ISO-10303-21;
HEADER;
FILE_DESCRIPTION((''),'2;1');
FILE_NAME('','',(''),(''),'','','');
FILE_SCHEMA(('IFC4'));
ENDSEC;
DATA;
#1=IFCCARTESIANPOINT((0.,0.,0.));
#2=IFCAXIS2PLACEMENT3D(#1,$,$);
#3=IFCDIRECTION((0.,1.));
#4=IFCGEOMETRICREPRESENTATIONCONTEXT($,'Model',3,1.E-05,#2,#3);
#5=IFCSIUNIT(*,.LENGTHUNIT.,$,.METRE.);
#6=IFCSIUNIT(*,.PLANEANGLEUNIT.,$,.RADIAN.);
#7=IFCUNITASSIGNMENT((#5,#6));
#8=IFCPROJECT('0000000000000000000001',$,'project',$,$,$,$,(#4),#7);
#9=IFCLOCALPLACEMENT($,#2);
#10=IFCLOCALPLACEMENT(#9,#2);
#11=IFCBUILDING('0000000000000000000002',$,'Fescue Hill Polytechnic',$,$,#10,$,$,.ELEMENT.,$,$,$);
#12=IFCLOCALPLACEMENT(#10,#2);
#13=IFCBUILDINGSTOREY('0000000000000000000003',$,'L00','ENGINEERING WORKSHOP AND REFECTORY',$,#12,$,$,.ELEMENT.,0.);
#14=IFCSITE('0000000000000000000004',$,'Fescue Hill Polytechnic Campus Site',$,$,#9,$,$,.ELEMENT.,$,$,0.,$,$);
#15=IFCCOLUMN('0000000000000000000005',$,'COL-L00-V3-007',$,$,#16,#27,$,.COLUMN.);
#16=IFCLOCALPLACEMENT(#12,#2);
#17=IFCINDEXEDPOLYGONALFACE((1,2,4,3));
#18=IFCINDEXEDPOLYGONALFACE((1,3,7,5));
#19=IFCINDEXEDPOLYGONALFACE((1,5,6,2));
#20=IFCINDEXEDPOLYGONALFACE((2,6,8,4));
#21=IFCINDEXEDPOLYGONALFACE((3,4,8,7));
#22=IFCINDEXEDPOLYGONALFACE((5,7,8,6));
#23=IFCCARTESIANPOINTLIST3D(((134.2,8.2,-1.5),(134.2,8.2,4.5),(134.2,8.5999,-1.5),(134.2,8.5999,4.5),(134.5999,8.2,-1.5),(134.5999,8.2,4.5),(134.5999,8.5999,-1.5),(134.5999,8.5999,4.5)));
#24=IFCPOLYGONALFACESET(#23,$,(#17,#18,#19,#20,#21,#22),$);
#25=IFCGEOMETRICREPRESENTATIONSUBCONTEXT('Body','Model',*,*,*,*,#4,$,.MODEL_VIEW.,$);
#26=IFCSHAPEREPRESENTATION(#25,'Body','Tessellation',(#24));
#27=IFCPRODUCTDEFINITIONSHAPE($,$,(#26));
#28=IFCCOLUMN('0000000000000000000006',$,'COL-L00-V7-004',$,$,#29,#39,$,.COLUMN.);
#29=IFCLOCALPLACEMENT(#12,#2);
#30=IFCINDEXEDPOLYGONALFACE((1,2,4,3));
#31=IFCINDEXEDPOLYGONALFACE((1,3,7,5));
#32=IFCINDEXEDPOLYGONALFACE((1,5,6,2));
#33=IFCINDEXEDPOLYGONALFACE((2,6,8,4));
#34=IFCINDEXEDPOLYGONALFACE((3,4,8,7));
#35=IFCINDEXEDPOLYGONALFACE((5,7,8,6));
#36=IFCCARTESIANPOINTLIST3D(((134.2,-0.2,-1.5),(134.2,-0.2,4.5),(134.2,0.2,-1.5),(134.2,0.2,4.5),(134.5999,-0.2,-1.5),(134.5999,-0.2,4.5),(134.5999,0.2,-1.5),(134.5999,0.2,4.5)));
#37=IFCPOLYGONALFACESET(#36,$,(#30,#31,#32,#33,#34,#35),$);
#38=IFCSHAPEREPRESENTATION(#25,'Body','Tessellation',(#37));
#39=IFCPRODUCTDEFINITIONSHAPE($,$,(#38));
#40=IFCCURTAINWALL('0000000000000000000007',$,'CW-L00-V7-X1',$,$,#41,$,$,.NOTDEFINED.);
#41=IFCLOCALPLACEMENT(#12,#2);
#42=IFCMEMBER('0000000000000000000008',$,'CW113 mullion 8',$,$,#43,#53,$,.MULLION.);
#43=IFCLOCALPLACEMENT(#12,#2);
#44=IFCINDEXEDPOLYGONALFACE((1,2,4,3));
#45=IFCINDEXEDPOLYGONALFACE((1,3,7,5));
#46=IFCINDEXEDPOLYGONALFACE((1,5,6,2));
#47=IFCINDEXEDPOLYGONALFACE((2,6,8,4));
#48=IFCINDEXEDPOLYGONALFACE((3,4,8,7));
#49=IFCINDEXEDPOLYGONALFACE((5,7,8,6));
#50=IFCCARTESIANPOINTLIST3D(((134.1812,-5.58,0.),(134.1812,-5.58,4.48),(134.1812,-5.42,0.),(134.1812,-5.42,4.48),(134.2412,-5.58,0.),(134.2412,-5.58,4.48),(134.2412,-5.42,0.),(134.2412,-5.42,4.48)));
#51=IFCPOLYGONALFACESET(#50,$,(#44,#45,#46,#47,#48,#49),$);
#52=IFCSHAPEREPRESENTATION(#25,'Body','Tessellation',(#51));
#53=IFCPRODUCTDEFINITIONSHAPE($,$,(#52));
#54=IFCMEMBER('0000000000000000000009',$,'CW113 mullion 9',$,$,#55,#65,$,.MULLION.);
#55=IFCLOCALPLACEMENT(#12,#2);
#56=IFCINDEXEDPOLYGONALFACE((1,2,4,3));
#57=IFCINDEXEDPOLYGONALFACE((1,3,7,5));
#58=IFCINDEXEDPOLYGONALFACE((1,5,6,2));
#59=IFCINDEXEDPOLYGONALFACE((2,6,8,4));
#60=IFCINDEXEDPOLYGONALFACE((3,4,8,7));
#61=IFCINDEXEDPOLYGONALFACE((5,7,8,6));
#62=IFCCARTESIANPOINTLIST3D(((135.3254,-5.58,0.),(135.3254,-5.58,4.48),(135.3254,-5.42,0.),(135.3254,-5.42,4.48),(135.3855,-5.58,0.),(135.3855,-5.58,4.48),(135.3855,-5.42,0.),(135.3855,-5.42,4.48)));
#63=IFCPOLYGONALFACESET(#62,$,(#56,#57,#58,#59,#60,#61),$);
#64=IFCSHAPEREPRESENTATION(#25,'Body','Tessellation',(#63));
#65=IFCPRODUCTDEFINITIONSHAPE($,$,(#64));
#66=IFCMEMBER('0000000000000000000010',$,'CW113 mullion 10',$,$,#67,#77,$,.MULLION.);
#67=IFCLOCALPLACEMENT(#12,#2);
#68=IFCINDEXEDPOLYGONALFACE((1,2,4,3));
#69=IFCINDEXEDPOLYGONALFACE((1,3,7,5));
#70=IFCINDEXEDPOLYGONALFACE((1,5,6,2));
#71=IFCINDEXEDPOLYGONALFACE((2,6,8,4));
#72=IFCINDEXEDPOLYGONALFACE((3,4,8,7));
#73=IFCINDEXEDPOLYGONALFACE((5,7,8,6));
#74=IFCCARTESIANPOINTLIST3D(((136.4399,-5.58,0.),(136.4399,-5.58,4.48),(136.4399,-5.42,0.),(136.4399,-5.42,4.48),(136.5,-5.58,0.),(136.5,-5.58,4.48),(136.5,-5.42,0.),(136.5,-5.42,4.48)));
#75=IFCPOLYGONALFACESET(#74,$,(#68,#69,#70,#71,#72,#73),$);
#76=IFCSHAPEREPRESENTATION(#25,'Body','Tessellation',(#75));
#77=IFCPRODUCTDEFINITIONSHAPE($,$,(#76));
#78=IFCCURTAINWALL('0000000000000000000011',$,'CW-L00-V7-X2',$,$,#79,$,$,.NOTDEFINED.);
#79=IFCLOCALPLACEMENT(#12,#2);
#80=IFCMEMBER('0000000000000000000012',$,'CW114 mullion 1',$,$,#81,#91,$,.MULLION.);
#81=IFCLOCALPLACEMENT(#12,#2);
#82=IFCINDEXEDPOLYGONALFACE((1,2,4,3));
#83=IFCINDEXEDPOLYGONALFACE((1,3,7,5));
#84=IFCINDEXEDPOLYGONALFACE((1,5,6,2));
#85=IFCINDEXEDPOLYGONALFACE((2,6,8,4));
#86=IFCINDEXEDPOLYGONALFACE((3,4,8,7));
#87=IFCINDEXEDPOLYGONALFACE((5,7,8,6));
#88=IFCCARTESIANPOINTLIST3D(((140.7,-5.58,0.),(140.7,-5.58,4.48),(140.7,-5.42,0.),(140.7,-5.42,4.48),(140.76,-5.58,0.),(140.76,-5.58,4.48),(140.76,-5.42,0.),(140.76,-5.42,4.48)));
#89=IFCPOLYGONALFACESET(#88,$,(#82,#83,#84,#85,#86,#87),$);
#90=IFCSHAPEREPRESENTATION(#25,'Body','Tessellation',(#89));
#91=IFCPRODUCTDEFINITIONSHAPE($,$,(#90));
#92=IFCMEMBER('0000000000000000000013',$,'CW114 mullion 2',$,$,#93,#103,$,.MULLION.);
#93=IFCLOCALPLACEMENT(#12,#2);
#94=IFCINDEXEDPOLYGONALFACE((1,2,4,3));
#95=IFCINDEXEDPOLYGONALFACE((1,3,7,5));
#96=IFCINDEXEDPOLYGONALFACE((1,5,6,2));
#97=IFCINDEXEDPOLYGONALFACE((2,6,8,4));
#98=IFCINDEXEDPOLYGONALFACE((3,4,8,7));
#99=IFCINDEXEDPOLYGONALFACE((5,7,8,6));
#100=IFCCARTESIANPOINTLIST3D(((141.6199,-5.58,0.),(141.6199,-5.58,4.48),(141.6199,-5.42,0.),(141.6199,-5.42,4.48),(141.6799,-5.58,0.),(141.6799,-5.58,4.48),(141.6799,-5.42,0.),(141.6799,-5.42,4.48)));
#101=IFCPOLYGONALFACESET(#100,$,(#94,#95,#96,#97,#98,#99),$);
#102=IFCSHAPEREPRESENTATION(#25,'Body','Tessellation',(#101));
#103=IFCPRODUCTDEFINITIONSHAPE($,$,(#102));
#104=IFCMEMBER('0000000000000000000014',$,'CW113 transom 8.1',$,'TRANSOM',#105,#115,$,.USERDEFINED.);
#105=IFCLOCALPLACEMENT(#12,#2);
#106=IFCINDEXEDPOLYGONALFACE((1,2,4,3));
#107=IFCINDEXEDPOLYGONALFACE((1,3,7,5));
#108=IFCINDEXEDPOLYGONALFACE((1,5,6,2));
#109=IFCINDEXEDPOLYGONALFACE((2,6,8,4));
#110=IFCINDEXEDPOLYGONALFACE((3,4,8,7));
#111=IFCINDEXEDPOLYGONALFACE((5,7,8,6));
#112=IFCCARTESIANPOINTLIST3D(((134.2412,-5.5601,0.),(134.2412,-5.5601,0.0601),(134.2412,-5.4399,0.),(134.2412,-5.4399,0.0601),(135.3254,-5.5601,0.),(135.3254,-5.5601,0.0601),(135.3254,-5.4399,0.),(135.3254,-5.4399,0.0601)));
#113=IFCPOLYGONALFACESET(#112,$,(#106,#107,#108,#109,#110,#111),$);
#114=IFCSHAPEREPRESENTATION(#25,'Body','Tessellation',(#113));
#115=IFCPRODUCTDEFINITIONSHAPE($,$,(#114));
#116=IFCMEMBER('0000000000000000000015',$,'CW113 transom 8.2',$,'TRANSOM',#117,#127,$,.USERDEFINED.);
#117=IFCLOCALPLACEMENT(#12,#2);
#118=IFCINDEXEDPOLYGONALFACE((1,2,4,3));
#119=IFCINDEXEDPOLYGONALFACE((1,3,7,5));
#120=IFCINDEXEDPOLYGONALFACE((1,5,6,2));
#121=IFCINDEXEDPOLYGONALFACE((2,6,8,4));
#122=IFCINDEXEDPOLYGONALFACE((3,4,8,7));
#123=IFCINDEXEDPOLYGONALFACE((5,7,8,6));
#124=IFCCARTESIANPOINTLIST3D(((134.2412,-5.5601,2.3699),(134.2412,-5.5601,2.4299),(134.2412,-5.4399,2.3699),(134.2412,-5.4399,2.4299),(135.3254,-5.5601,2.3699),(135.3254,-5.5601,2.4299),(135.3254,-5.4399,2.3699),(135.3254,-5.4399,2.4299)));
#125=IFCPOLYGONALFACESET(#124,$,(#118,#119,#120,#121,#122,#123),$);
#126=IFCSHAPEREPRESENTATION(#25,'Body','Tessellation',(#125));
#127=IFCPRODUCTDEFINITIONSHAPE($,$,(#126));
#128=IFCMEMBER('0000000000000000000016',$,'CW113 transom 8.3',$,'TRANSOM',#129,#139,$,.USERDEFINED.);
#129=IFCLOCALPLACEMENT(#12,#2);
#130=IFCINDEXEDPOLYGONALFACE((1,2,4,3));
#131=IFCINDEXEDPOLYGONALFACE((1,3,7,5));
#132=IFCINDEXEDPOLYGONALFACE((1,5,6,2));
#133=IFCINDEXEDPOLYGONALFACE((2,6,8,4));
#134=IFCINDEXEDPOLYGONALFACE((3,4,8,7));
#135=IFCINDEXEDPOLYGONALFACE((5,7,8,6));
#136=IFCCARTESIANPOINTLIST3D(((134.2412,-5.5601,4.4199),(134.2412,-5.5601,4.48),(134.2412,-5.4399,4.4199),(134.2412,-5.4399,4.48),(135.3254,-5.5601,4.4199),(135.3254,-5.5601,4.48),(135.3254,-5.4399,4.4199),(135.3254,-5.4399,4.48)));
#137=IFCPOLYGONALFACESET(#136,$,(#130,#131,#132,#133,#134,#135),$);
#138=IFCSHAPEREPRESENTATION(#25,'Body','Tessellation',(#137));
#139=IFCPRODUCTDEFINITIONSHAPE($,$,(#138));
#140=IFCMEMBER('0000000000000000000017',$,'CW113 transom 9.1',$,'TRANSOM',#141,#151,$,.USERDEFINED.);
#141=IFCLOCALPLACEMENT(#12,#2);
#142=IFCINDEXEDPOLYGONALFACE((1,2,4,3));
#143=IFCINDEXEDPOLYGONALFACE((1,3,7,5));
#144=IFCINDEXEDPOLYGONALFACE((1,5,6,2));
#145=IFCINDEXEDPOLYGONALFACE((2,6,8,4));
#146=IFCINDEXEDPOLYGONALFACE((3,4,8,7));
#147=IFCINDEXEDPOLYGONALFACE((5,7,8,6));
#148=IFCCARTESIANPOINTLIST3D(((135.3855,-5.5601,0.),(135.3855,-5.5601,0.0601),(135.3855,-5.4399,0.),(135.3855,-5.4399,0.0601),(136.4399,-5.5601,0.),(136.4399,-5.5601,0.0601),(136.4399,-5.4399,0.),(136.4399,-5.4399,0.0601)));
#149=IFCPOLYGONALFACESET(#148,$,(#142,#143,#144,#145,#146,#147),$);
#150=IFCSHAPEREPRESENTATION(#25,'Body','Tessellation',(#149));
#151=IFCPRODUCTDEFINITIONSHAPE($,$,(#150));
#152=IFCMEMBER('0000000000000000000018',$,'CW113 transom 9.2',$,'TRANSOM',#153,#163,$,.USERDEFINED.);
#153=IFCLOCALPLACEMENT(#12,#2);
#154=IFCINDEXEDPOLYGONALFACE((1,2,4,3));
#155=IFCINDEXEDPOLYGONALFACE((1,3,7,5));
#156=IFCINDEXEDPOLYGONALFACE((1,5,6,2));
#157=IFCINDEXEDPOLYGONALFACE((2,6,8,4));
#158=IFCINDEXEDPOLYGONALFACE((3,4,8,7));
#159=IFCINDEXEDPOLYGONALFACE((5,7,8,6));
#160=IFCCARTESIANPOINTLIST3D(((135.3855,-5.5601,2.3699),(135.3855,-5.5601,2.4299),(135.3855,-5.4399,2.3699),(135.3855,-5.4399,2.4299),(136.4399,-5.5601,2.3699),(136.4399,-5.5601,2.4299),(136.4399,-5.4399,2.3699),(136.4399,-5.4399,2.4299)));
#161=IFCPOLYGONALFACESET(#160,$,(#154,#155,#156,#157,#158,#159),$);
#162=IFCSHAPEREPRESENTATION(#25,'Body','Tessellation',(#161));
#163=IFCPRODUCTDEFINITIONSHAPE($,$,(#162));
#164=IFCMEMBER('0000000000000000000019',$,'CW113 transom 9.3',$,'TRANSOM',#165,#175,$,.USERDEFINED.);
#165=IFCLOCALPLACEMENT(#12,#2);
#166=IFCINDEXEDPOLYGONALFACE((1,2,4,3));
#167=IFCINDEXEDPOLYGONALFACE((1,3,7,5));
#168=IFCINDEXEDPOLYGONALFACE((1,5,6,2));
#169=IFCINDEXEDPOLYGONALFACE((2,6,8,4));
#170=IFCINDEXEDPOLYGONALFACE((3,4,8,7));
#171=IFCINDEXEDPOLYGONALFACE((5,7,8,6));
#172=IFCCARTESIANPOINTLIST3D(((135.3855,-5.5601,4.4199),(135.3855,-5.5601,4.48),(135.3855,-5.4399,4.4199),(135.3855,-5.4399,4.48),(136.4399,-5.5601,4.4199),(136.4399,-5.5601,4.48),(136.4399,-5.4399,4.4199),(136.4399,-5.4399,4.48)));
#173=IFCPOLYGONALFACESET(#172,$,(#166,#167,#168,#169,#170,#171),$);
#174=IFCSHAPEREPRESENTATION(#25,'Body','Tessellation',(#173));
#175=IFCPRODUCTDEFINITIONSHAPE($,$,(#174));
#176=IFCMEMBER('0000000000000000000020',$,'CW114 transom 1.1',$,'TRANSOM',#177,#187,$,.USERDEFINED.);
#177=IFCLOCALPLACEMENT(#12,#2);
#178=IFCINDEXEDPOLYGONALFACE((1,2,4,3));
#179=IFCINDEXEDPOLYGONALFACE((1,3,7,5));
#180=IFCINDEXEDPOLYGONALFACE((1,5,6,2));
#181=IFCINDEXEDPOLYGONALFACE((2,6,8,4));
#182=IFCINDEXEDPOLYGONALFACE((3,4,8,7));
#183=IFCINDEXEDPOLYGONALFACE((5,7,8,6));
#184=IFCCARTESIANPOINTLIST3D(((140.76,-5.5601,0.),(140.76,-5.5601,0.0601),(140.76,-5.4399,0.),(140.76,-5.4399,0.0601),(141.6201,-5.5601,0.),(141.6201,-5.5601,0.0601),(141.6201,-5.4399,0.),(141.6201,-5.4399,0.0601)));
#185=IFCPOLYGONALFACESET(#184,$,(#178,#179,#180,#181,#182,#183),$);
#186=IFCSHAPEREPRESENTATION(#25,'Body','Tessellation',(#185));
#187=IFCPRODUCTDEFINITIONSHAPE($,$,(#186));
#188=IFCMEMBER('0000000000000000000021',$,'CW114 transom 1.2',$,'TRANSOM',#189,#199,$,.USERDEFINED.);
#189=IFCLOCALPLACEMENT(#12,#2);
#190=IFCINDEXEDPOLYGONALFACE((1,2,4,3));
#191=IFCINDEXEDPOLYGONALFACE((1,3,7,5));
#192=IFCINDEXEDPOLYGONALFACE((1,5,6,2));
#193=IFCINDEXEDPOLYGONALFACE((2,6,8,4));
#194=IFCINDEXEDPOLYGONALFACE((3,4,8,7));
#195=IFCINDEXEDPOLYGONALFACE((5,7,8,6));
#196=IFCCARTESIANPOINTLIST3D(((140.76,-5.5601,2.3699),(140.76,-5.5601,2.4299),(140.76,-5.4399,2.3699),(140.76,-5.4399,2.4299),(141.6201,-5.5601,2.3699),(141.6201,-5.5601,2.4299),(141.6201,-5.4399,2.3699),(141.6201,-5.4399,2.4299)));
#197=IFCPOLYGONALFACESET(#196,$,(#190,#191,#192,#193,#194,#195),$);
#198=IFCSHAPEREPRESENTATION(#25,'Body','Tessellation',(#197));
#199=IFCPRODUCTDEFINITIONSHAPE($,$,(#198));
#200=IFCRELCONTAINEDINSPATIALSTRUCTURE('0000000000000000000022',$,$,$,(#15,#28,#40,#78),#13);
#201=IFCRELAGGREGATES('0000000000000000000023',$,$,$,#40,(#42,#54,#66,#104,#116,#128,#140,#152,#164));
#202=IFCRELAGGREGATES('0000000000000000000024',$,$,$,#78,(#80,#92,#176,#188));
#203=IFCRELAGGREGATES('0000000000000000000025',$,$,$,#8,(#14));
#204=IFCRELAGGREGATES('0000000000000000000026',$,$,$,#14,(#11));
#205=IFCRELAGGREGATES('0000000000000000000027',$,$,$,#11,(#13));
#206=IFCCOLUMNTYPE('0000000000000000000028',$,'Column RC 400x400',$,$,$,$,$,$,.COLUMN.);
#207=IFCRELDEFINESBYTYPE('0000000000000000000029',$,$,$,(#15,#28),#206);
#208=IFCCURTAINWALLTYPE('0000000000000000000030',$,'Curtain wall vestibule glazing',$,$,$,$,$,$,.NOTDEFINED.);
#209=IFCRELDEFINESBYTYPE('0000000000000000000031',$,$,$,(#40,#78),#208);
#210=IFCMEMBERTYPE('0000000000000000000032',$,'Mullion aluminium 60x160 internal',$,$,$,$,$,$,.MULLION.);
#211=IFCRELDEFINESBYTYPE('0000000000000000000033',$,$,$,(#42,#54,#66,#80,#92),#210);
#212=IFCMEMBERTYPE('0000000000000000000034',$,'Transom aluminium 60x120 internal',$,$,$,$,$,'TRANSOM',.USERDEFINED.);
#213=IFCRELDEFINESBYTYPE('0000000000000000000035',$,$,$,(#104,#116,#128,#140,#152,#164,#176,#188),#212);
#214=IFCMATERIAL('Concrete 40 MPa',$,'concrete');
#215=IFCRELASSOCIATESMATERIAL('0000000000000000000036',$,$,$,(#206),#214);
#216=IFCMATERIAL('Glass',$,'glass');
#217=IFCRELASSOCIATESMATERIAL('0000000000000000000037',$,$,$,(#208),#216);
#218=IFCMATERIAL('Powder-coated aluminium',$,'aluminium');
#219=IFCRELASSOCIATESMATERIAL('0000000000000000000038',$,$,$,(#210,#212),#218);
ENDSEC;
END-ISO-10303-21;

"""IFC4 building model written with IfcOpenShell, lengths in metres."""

from ifc_helpers import new_model, si_unit, direction, frame, origin, origin_2d, place, context, subcontext, project, spatial, rectangle, extrude, material, material_profile, profile_set, type_object, element, aggregate, save


model = new_model("IFC4")

# Units and contexts
model_context = context("Model", 3, precision=1e-05, world=origin(), true_north=direction((0.0, 1.0)))
body_context = subcontext(model_context, "Body", "Model", "MODEL_VIEW")
ifc_project = project(units=[si_unit("LENGTHUNIT", "METRE"), si_unit("PLANEANGLEUNIT", "RADIAN")], contexts=[model_context])

# Site, building, storey
site_placement = place(None, origin())
site = spatial("IfcSite", under=ifc_project, at=site_placement, Name="Fescue Hill Polytechnic Campus Site", CompositionType="ELEMENT", RefElevation=0.0)
building_placement = place(site_placement, origin())
building = spatial("IfcBuilding", under=site, at=building_placement, Name="Fescue Hill Polytechnic", CompositionType="ELEMENT")
storey_placement = place(building_placement, origin())
storey = spatial("IfcBuildingStorey", under=building, at=storey_placement, Name="L00", Description="ENGINEERING WORKSHOP AND REFECTORY", CompositionType="ELEMENT", Elevation=0.0)

# Columns
ifc_material_1 = material(Name="Concrete 40 MPa", Category="concrete")
ifc_material_profile_1 = material_profile(ifc_material_1, rectangle(XDim=0.3999, YDim=0.3999, at=origin_2d()), Name="RC 400x400")
ifc_profile_set_1 = profile_set([ifc_material_profile_1], Name="Concrete 40 MPa")
column_type = type_object("IfcColumnType", Name="Column RC 400x400", PredefinedType="COLUMN", material=ifc_profile_set_1)
for number, where, z_axis, x_axis, name in (
    (1, (134.3999, 8.3999, -1.5), (0.0, 0.0, 1.0), (1.0, 0.0, 0.0), "COL-L00-V3-007"),
    (2, (134.3999, 0.0, -1.5), (0.0, 0.0, 1.0), (1.0, 0.0, 0.0), "COL-L00-V7-004"),
):
    element("IfcColumn", number, at=place(storey_placement, frame(where, z_axis=z_axis, x_axis=x_axis)), inside=storey, type_object=column_type, Name=name, PredefinedType="COLUMN", context=body_context, shape_type="SweptSolid", body=[
        extrude(rectangle(XDim=0.3999, YDim=0.3999, at=origin_2d()), origin(), (0.0, 0.0, 1.0), 6.0),
    ])

# Curtain walls, members
ifc_material_2 = material(Name="Glass", Category="glass")
curtain_wall_type = type_object("IfcCurtainWallType", Name="Curtain wall vestibule glazing", PredefinedType="NOTDEFINED", material=ifc_material_2)
curtain_wall_1_placement = place(storey_placement, origin())
curtain_wall_1 = element("IfcCurtainWall", 3, at=curtain_wall_1_placement, inside=storey, type_object=curtain_wall_type, Name="CW-L00-V7-X1", PredefinedType="NOTDEFINED")
ifc_material_3 = material(Name="Powder-coated aluminium", Category="aluminium")
ifc_material_profile_2 = material_profile(ifc_material_3, rectangle(XDim=0.1599, YDim=0.0601, at=origin_2d()), Name="Mullion aluminium 60x160 internal")
ifc_profile_set_2 = profile_set([ifc_material_profile_2], Name="Powder-coated aluminium")
member_type_1 = type_object("IfcMemberType", Name="Mullion aluminium 60x160 internal", PredefinedType="MULLION", material=ifc_profile_set_2)
member_1_placement = place(storey_placement, frame((134.2112, -5.5, 0.0), z_axis=(0.0, 0.0, 1.0), x_axis=(0.0, 1.0, 0.0)))
member_1 = element("IfcMember", 4, at=member_1_placement, type_object=member_type_1, Name="CW113 mullion 8", PredefinedType="MULLION", context=body_context, shape_type="SweptSolid", body=[
    extrude(rectangle(XDim=0.1599, YDim=0.0601, at=origin_2d()), origin(), (0.0, 0.0, 1.0), 4.48),
])
member_2_placement = place(storey_placement, frame((135.3555, -5.5, 0.0), z_axis=(0.0, 0.0, 1.0), x_axis=(0.0, 1.0, 0.0)))
member_2 = element("IfcMember", 5, at=member_2_placement, type_object=member_type_1, Name="CW113 mullion 9", PredefinedType="MULLION", context=body_context, shape_type="SweptSolid", body=[
    extrude(rectangle(XDim=0.1599, YDim=0.0601, at=origin_2d()), origin(), (0.0, 0.0, 1.0), 4.48),
])
member_3_placement = place(storey_placement, frame((136.47, -5.5, 0.0), z_axis=(0.0, 0.0, 1.0), x_axis=(0.0, 1.0, 0.0)))
member_3 = element("IfcMember", 6, at=member_3_placement, type_object=member_type_1, Name="CW113 mullion 10", PredefinedType="MULLION", context=body_context, shape_type="SweptSolid", body=[
    extrude(rectangle(XDim=0.1599, YDim=0.0601, at=origin_2d()), origin(), (0.0, 0.0, 1.0), 4.48),
])
curtain_wall_2_placement = place(storey_placement, origin())
curtain_wall_2 = element("IfcCurtainWall", 7, at=curtain_wall_2_placement, inside=storey, type_object=curtain_wall_type, Name="CW-L00-V7-X2", PredefinedType="NOTDEFINED")
member_4_placement = place(storey_placement, frame((140.73, -5.5, 0.0), z_axis=(0.0, 0.0, 1.0), x_axis=(0.0, 1.0, 0.0)))
member_4 = element("IfcMember", 8, at=member_4_placement, type_object=member_type_1, Name="CW114 mullion 1", PredefinedType="MULLION", context=body_context, shape_type="SweptSolid", body=[
    extrude(rectangle(XDim=0.1599, YDim=0.0601, at=origin_2d()), origin(), (0.0, 0.0, 1.0), 4.48),
])
member_5_placement = place(storey_placement, frame((141.6499, -5.5, 0.0), z_axis=(0.0, 0.0, 1.0), x_axis=(0.0, 1.0, 0.0)))
member_5 = element("IfcMember", 9, at=member_5_placement, type_object=member_type_1, Name="CW114 mullion 2", PredefinedType="MULLION", context=body_context, shape_type="SweptSolid", body=[
    extrude(rectangle(XDim=0.1599, YDim=0.0601, at=origin_2d()), origin(), (0.0, 0.0, 1.0), 4.48),
])

# Members
ifc_material_profile_3 = material_profile(ifc_material_3, rectangle(XDim=0.1201, YDim=0.0601, at=origin_2d()), Name="Transom aluminium 60x120 internal")
ifc_profile_set_3 = profile_set([ifc_material_profile_3], Name="Powder-coated aluminium")
member_type_2 = type_object("IfcMemberType", Name="Transom aluminium 60x120 internal", ElementType="TRANSOM", PredefinedType="USERDEFINED", material=ifc_profile_set_3)
member_6_placement = place(storey_placement, frame((134.2412, -5.5, 0.03), z_axis=(1.0, 0.0, 0.0), x_axis=(0.0, 1.0, 0.0)))
member_6 = element("IfcMember", 10, at=member_6_placement, type_object=member_type_2, Name="CW113 transom 8.1", ObjectType="TRANSOM", PredefinedType="USERDEFINED", context=body_context, shape_type="SweptSolid", body=[
    extrude(rectangle(XDim=0.1201, YDim=0.0601, at=origin_2d()), origin(), (0.0, 0.0, 1.0), 1.0842),
])
member_7_placement = place(storey_placement, frame((134.2412, -5.5, 2.3999), z_axis=(1.0, 0.0, 0.0), x_axis=(0.0, 1.0, 0.0)))
member_7 = element("IfcMember", 11, at=member_7_placement, type_object=member_type_2, Name="CW113 transom 8.2", ObjectType="TRANSOM", PredefinedType="USERDEFINED", context=body_context, shape_type="SweptSolid", body=[
    extrude(rectangle(XDim=0.1201, YDim=0.0601, at=origin_2d()), origin(), (0.0, 0.0, 1.0), 1.0842),
])
member_8_placement = place(storey_placement, frame((134.2412, -5.5, 4.45), z_axis=(1.0, 0.0, 0.0), x_axis=(0.0, 1.0, 0.0)))
member_8 = element("IfcMember", 12, at=member_8_placement, type_object=member_type_2, Name="CW113 transom 8.3", ObjectType="TRANSOM", PredefinedType="USERDEFINED", context=body_context, shape_type="SweptSolid", body=[
    extrude(rectangle(XDim=0.1201, YDim=0.0601, at=origin_2d()), origin(), (0.0, 0.0, 1.0), 1.0842),
])
member_9_placement = place(storey_placement, frame((135.3855, -5.5, 0.03), z_axis=(1.0, 0.0, 0.0), x_axis=(0.0, 1.0, 0.0)))
member_9 = element("IfcMember", 13, at=member_9_placement, type_object=member_type_2, Name="CW113 transom 9.1", ObjectType="TRANSOM", PredefinedType="USERDEFINED", context=body_context, shape_type="SweptSolid", body=[
    extrude(rectangle(XDim=0.1201, YDim=0.0601, at=origin_2d()), origin(), (0.0, 0.0, 1.0), 1.0544),
])
member_10_placement = place(storey_placement, frame((135.3855, -5.5, 2.3999), z_axis=(1.0, 0.0, 0.0), x_axis=(0.0, 1.0, 0.0)))
member_10 = element("IfcMember", 14, at=member_10_placement, type_object=member_type_2, Name="CW113 transom 9.2", ObjectType="TRANSOM", PredefinedType="USERDEFINED", context=body_context, shape_type="SweptSolid", body=[
    extrude(rectangle(XDim=0.1201, YDim=0.0601, at=origin_2d()), origin(), (0.0, 0.0, 1.0), 1.0544),
])
member_11_placement = place(storey_placement, frame((135.3855, -5.5, 4.45), z_axis=(1.0, 0.0, 0.0), x_axis=(0.0, 1.0, 0.0)))
member_11 = element("IfcMember", 15, at=member_11_placement, type_object=member_type_2, Name="CW113 transom 9.3", ObjectType="TRANSOM", PredefinedType="USERDEFINED", context=body_context, shape_type="SweptSolid", body=[
    extrude(rectangle(XDim=0.1201, YDim=0.0601, at=origin_2d()), origin(), (0.0, 0.0, 1.0), 1.0544),
])
member_12_placement = place(storey_placement, frame((140.76, -5.5, 0.03), z_axis=(1.0, 0.0, 0.0), x_axis=(0.0, 1.0, 0.0)))
member_12 = element("IfcMember", 16, at=member_12_placement, type_object=member_type_2, Name="CW114 transom 1.1", ObjectType="TRANSOM", PredefinedType="USERDEFINED", context=body_context, shape_type="SweptSolid", body=[
    extrude(rectangle(XDim=0.1201, YDim=0.0601, at=origin_2d()), origin(), (0.0, 0.0, 1.0), 0.8601),
])
member_13_placement = place(storey_placement, frame((140.76, -5.5, 2.3999), z_axis=(1.0, 0.0, 0.0), x_axis=(0.0, 1.0, 0.0)))
member_13 = element("IfcMember", 17, at=member_13_placement, type_object=member_type_2, Name="CW114 transom 1.2", ObjectType="TRANSOM", PredefinedType="USERDEFINED", context=body_context, shape_type="SweptSolid", body=[
    extrude(rectangle(XDim=0.1201, YDim=0.0601, at=origin_2d()), origin(), (0.0, 0.0, 1.0), 0.8601),
])

aggregate(curtain_wall_1, [member_1, member_2, member_3, member_6, member_7, member_8, member_9, member_10, member_11])
aggregate(curtain_wall_2, [member_4, member_5, member_12, member_13])

save(model, "model.ifc")
